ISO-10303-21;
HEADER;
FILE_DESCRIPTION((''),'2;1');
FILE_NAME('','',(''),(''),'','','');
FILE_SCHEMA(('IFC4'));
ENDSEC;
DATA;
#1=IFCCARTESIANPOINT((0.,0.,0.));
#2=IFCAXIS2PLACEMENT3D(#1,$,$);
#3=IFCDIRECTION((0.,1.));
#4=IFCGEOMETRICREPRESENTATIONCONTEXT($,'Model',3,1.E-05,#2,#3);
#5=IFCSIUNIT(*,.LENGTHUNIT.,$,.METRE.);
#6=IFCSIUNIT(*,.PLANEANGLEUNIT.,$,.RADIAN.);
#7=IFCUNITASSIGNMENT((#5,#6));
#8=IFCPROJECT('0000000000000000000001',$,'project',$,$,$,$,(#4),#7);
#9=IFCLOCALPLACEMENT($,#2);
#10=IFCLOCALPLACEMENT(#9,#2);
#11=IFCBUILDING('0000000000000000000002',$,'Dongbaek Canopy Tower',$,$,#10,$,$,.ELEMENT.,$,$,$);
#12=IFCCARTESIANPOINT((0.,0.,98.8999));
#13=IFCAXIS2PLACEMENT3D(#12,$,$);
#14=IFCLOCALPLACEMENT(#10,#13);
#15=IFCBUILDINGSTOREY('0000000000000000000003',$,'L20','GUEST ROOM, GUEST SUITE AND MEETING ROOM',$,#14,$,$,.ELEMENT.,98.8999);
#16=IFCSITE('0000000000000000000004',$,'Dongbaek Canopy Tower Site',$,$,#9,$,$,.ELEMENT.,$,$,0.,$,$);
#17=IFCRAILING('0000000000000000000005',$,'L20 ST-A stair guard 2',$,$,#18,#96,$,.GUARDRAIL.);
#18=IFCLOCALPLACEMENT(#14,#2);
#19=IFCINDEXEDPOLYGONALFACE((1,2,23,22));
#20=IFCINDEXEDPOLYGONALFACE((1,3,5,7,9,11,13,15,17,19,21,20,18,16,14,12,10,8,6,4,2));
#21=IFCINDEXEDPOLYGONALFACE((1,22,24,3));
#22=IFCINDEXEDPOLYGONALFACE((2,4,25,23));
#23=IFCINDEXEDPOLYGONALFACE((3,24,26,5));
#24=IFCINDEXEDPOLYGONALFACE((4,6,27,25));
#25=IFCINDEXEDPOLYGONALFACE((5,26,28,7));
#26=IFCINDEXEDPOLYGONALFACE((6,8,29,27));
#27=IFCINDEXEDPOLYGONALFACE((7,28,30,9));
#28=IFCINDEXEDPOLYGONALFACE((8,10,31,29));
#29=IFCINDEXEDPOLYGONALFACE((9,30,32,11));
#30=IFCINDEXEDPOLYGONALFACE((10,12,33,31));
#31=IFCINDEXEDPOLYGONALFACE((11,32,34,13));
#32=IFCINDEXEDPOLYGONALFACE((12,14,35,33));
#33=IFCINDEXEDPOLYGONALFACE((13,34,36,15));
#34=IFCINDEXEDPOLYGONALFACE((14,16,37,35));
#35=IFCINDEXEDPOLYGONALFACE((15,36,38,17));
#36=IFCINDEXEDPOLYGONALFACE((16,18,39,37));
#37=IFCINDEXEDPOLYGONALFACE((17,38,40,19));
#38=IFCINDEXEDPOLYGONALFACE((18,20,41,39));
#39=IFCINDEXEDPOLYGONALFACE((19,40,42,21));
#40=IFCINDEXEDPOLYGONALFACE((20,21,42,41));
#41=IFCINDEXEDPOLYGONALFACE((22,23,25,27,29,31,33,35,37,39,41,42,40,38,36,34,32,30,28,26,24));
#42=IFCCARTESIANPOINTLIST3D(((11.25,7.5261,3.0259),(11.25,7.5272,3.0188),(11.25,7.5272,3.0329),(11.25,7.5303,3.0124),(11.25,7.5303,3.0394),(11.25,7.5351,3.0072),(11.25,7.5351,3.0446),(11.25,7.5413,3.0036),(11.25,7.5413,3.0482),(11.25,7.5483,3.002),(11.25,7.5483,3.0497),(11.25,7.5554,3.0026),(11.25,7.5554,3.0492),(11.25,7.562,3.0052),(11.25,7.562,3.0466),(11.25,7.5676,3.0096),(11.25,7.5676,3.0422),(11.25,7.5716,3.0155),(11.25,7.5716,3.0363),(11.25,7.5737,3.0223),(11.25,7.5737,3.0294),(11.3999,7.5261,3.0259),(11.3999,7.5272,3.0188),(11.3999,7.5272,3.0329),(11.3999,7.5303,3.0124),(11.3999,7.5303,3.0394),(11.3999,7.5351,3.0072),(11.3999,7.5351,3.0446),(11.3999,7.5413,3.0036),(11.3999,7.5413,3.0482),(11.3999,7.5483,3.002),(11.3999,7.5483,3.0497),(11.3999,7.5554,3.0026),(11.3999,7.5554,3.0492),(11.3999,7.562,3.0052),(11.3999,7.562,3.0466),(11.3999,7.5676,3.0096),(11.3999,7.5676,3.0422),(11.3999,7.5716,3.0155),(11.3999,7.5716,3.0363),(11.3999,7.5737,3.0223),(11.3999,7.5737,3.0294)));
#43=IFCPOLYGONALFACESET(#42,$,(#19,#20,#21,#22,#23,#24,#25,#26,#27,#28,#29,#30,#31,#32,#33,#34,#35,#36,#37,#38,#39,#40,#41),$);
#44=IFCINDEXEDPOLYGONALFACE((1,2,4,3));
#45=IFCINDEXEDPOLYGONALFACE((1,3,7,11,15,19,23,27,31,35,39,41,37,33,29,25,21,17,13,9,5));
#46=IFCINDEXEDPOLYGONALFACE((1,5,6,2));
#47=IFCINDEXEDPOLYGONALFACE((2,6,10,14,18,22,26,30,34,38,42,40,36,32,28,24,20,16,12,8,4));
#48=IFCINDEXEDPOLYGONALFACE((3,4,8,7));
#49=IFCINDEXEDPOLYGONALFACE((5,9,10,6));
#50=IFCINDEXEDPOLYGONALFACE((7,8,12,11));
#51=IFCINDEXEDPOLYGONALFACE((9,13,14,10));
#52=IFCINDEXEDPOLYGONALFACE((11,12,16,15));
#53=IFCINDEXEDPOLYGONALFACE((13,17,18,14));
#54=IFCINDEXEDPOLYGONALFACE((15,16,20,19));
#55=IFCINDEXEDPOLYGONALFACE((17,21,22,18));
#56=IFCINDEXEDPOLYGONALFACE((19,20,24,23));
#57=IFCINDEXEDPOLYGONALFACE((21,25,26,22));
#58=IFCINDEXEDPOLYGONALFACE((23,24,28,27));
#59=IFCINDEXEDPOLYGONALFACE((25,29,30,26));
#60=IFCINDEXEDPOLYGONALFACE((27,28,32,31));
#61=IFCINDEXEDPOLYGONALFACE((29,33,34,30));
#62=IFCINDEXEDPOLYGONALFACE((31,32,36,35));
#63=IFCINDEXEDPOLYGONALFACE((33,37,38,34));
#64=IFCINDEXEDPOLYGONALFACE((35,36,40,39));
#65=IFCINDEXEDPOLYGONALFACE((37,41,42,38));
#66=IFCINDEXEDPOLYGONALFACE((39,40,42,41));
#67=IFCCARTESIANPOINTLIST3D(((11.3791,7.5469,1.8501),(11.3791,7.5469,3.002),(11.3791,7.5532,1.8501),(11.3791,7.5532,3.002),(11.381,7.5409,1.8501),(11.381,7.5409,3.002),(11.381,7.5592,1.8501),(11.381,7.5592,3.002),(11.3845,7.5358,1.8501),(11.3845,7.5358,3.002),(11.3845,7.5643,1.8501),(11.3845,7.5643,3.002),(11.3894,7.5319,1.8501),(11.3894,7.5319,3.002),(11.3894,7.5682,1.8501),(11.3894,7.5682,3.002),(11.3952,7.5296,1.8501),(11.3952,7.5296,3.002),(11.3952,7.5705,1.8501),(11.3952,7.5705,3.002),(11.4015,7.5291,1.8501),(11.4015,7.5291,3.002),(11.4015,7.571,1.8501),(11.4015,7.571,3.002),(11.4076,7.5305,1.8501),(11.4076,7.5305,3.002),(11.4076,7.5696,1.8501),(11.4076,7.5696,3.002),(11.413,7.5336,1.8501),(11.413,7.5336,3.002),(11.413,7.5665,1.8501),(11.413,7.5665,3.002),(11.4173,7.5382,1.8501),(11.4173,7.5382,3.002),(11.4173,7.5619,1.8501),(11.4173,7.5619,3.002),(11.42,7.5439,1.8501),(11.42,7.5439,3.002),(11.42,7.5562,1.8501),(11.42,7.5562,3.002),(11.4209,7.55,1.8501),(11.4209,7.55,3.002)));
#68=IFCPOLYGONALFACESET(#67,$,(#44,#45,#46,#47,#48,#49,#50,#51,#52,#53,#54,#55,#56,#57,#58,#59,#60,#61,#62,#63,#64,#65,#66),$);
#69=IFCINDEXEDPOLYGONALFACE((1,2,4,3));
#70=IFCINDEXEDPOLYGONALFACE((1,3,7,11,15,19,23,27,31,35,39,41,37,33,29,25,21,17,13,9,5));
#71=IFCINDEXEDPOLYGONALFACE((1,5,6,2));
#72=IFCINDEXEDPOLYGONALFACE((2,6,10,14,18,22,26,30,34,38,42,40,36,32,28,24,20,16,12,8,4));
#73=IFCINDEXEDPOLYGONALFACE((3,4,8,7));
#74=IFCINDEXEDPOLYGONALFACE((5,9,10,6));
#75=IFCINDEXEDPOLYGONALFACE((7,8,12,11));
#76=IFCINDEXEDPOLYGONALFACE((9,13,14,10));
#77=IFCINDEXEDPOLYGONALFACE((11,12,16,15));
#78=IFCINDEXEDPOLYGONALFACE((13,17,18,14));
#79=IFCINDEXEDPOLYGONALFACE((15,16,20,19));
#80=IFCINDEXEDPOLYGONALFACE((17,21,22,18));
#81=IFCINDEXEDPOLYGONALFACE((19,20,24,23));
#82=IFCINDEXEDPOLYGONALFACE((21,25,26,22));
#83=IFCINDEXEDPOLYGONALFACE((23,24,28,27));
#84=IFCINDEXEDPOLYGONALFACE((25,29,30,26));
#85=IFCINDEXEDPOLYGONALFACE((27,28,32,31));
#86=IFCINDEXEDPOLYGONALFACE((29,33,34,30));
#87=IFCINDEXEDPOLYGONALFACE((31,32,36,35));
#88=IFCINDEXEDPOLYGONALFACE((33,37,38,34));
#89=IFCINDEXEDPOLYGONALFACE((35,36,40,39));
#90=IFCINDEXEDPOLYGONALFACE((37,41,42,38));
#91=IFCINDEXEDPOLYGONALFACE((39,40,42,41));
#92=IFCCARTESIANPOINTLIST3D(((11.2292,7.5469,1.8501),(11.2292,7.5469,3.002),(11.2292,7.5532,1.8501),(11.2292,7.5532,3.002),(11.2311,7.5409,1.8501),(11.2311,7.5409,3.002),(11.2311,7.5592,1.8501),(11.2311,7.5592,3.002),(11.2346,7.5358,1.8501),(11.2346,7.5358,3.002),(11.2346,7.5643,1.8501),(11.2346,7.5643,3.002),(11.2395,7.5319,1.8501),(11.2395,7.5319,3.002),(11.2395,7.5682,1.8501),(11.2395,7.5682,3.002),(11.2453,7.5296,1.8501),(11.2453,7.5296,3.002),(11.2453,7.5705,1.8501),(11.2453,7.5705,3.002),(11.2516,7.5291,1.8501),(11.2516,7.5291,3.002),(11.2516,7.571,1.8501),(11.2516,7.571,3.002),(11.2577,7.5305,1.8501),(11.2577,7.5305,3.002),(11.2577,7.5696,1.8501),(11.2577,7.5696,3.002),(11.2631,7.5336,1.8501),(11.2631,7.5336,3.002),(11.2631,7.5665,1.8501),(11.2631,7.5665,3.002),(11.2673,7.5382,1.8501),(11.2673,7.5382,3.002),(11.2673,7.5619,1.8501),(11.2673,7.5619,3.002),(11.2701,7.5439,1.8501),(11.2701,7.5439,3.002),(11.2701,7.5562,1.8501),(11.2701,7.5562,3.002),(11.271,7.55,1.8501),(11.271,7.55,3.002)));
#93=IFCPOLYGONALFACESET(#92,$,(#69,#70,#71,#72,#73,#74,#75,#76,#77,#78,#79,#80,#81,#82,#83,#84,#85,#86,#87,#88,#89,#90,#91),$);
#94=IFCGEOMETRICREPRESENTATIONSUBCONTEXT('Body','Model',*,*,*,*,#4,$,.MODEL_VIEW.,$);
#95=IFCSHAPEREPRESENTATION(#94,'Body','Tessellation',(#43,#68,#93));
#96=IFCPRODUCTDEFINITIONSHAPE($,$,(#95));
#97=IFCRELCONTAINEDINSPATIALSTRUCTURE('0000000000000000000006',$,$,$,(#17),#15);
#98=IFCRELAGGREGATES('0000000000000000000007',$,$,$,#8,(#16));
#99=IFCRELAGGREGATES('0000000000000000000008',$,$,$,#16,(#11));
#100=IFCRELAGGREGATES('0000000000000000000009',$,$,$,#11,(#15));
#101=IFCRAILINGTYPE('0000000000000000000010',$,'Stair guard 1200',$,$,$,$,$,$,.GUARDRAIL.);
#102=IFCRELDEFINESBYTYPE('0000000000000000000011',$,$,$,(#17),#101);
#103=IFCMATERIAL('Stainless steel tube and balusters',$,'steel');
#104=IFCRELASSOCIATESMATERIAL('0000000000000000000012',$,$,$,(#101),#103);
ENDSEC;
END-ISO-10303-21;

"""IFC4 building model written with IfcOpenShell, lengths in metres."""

from ifc_helpers import new_model, si_unit, direction, frame, origin, origin_2d, place, context, subcontext, project, spatial, circle, extrude, material, type_object, element, save


model = new_model("IFC4")

# Units and contexts
model_context = context("Model", 3, precision=1e-05, world=origin(), true_north=direction((0.0, 1.0)))
body_context = subcontext(model_context, "Body", "Model", "MODEL_VIEW")
ifc_project = project(units=[si_unit("LENGTHUNIT", "METRE"), si_unit("PLANEANGLEUNIT", "RADIAN")], contexts=[model_context])

# Site, building, storey
site_placement = place(None, origin())
site = spatial("IfcSite", under=ifc_project, at=site_placement, Name="Dongbaek Canopy Tower Site", CompositionType="ELEMENT", RefElevation=0.0)
building_placement = place(site_placement, origin())
building = spatial("IfcBuilding", under=site, at=building_placement, Name="Dongbaek Canopy Tower", CompositionType="ELEMENT")
storey_placement = place(building_placement, frame((0.0, 0.0, 98.8999)))
storey = spatial("IfcBuildingStorey", under=building, at=storey_placement, Name="L20", Description="GUEST ROOM, GUEST SUITE AND MEETING ROOM", CompositionType="ELEMENT", Elevation=98.8999)

# Railing
ifc_material_1 = material(Name="Stainless steel tube and balusters", Category="steel")
railing_type_1 = type_object("IfcRailingType", Name="Stair guard 1200", PredefinedType="GUARDRAIL", material=ifc_material_1)
railing_1_placement = place(storey_placement, frame((11.3999, 7.55, 1.8501)))
element("IfcRailing", 1, at=railing_1_placement, inside=storey, type_object=railing_type_1, Name="L20 ST-A stair guard 2", PredefinedType="GUARDRAIL", context=body_context, shape_type="SweptSolid", body=[
    extrude(circle(Radius=0.0239, at=origin_2d()), frame((0.0, 0.0, 1.1758), z_axis=(-1.0, 0.0, 0.0), x_axis=(0.0, -1.0, 0.0)), (0.0, 0.0, 1.0), 0.1499),
    extrude(circle(Radius=0.021, at=origin_2d()), origin(), (0.0, 0.0, 1.0), 1.1519),
    extrude(circle(Radius=0.021, at=origin_2d()), frame((-0.1499, 0.0, 0.0)), (0.0, 0.0, 1.0), 1.1519),
])

save(model, "model.ifc")
